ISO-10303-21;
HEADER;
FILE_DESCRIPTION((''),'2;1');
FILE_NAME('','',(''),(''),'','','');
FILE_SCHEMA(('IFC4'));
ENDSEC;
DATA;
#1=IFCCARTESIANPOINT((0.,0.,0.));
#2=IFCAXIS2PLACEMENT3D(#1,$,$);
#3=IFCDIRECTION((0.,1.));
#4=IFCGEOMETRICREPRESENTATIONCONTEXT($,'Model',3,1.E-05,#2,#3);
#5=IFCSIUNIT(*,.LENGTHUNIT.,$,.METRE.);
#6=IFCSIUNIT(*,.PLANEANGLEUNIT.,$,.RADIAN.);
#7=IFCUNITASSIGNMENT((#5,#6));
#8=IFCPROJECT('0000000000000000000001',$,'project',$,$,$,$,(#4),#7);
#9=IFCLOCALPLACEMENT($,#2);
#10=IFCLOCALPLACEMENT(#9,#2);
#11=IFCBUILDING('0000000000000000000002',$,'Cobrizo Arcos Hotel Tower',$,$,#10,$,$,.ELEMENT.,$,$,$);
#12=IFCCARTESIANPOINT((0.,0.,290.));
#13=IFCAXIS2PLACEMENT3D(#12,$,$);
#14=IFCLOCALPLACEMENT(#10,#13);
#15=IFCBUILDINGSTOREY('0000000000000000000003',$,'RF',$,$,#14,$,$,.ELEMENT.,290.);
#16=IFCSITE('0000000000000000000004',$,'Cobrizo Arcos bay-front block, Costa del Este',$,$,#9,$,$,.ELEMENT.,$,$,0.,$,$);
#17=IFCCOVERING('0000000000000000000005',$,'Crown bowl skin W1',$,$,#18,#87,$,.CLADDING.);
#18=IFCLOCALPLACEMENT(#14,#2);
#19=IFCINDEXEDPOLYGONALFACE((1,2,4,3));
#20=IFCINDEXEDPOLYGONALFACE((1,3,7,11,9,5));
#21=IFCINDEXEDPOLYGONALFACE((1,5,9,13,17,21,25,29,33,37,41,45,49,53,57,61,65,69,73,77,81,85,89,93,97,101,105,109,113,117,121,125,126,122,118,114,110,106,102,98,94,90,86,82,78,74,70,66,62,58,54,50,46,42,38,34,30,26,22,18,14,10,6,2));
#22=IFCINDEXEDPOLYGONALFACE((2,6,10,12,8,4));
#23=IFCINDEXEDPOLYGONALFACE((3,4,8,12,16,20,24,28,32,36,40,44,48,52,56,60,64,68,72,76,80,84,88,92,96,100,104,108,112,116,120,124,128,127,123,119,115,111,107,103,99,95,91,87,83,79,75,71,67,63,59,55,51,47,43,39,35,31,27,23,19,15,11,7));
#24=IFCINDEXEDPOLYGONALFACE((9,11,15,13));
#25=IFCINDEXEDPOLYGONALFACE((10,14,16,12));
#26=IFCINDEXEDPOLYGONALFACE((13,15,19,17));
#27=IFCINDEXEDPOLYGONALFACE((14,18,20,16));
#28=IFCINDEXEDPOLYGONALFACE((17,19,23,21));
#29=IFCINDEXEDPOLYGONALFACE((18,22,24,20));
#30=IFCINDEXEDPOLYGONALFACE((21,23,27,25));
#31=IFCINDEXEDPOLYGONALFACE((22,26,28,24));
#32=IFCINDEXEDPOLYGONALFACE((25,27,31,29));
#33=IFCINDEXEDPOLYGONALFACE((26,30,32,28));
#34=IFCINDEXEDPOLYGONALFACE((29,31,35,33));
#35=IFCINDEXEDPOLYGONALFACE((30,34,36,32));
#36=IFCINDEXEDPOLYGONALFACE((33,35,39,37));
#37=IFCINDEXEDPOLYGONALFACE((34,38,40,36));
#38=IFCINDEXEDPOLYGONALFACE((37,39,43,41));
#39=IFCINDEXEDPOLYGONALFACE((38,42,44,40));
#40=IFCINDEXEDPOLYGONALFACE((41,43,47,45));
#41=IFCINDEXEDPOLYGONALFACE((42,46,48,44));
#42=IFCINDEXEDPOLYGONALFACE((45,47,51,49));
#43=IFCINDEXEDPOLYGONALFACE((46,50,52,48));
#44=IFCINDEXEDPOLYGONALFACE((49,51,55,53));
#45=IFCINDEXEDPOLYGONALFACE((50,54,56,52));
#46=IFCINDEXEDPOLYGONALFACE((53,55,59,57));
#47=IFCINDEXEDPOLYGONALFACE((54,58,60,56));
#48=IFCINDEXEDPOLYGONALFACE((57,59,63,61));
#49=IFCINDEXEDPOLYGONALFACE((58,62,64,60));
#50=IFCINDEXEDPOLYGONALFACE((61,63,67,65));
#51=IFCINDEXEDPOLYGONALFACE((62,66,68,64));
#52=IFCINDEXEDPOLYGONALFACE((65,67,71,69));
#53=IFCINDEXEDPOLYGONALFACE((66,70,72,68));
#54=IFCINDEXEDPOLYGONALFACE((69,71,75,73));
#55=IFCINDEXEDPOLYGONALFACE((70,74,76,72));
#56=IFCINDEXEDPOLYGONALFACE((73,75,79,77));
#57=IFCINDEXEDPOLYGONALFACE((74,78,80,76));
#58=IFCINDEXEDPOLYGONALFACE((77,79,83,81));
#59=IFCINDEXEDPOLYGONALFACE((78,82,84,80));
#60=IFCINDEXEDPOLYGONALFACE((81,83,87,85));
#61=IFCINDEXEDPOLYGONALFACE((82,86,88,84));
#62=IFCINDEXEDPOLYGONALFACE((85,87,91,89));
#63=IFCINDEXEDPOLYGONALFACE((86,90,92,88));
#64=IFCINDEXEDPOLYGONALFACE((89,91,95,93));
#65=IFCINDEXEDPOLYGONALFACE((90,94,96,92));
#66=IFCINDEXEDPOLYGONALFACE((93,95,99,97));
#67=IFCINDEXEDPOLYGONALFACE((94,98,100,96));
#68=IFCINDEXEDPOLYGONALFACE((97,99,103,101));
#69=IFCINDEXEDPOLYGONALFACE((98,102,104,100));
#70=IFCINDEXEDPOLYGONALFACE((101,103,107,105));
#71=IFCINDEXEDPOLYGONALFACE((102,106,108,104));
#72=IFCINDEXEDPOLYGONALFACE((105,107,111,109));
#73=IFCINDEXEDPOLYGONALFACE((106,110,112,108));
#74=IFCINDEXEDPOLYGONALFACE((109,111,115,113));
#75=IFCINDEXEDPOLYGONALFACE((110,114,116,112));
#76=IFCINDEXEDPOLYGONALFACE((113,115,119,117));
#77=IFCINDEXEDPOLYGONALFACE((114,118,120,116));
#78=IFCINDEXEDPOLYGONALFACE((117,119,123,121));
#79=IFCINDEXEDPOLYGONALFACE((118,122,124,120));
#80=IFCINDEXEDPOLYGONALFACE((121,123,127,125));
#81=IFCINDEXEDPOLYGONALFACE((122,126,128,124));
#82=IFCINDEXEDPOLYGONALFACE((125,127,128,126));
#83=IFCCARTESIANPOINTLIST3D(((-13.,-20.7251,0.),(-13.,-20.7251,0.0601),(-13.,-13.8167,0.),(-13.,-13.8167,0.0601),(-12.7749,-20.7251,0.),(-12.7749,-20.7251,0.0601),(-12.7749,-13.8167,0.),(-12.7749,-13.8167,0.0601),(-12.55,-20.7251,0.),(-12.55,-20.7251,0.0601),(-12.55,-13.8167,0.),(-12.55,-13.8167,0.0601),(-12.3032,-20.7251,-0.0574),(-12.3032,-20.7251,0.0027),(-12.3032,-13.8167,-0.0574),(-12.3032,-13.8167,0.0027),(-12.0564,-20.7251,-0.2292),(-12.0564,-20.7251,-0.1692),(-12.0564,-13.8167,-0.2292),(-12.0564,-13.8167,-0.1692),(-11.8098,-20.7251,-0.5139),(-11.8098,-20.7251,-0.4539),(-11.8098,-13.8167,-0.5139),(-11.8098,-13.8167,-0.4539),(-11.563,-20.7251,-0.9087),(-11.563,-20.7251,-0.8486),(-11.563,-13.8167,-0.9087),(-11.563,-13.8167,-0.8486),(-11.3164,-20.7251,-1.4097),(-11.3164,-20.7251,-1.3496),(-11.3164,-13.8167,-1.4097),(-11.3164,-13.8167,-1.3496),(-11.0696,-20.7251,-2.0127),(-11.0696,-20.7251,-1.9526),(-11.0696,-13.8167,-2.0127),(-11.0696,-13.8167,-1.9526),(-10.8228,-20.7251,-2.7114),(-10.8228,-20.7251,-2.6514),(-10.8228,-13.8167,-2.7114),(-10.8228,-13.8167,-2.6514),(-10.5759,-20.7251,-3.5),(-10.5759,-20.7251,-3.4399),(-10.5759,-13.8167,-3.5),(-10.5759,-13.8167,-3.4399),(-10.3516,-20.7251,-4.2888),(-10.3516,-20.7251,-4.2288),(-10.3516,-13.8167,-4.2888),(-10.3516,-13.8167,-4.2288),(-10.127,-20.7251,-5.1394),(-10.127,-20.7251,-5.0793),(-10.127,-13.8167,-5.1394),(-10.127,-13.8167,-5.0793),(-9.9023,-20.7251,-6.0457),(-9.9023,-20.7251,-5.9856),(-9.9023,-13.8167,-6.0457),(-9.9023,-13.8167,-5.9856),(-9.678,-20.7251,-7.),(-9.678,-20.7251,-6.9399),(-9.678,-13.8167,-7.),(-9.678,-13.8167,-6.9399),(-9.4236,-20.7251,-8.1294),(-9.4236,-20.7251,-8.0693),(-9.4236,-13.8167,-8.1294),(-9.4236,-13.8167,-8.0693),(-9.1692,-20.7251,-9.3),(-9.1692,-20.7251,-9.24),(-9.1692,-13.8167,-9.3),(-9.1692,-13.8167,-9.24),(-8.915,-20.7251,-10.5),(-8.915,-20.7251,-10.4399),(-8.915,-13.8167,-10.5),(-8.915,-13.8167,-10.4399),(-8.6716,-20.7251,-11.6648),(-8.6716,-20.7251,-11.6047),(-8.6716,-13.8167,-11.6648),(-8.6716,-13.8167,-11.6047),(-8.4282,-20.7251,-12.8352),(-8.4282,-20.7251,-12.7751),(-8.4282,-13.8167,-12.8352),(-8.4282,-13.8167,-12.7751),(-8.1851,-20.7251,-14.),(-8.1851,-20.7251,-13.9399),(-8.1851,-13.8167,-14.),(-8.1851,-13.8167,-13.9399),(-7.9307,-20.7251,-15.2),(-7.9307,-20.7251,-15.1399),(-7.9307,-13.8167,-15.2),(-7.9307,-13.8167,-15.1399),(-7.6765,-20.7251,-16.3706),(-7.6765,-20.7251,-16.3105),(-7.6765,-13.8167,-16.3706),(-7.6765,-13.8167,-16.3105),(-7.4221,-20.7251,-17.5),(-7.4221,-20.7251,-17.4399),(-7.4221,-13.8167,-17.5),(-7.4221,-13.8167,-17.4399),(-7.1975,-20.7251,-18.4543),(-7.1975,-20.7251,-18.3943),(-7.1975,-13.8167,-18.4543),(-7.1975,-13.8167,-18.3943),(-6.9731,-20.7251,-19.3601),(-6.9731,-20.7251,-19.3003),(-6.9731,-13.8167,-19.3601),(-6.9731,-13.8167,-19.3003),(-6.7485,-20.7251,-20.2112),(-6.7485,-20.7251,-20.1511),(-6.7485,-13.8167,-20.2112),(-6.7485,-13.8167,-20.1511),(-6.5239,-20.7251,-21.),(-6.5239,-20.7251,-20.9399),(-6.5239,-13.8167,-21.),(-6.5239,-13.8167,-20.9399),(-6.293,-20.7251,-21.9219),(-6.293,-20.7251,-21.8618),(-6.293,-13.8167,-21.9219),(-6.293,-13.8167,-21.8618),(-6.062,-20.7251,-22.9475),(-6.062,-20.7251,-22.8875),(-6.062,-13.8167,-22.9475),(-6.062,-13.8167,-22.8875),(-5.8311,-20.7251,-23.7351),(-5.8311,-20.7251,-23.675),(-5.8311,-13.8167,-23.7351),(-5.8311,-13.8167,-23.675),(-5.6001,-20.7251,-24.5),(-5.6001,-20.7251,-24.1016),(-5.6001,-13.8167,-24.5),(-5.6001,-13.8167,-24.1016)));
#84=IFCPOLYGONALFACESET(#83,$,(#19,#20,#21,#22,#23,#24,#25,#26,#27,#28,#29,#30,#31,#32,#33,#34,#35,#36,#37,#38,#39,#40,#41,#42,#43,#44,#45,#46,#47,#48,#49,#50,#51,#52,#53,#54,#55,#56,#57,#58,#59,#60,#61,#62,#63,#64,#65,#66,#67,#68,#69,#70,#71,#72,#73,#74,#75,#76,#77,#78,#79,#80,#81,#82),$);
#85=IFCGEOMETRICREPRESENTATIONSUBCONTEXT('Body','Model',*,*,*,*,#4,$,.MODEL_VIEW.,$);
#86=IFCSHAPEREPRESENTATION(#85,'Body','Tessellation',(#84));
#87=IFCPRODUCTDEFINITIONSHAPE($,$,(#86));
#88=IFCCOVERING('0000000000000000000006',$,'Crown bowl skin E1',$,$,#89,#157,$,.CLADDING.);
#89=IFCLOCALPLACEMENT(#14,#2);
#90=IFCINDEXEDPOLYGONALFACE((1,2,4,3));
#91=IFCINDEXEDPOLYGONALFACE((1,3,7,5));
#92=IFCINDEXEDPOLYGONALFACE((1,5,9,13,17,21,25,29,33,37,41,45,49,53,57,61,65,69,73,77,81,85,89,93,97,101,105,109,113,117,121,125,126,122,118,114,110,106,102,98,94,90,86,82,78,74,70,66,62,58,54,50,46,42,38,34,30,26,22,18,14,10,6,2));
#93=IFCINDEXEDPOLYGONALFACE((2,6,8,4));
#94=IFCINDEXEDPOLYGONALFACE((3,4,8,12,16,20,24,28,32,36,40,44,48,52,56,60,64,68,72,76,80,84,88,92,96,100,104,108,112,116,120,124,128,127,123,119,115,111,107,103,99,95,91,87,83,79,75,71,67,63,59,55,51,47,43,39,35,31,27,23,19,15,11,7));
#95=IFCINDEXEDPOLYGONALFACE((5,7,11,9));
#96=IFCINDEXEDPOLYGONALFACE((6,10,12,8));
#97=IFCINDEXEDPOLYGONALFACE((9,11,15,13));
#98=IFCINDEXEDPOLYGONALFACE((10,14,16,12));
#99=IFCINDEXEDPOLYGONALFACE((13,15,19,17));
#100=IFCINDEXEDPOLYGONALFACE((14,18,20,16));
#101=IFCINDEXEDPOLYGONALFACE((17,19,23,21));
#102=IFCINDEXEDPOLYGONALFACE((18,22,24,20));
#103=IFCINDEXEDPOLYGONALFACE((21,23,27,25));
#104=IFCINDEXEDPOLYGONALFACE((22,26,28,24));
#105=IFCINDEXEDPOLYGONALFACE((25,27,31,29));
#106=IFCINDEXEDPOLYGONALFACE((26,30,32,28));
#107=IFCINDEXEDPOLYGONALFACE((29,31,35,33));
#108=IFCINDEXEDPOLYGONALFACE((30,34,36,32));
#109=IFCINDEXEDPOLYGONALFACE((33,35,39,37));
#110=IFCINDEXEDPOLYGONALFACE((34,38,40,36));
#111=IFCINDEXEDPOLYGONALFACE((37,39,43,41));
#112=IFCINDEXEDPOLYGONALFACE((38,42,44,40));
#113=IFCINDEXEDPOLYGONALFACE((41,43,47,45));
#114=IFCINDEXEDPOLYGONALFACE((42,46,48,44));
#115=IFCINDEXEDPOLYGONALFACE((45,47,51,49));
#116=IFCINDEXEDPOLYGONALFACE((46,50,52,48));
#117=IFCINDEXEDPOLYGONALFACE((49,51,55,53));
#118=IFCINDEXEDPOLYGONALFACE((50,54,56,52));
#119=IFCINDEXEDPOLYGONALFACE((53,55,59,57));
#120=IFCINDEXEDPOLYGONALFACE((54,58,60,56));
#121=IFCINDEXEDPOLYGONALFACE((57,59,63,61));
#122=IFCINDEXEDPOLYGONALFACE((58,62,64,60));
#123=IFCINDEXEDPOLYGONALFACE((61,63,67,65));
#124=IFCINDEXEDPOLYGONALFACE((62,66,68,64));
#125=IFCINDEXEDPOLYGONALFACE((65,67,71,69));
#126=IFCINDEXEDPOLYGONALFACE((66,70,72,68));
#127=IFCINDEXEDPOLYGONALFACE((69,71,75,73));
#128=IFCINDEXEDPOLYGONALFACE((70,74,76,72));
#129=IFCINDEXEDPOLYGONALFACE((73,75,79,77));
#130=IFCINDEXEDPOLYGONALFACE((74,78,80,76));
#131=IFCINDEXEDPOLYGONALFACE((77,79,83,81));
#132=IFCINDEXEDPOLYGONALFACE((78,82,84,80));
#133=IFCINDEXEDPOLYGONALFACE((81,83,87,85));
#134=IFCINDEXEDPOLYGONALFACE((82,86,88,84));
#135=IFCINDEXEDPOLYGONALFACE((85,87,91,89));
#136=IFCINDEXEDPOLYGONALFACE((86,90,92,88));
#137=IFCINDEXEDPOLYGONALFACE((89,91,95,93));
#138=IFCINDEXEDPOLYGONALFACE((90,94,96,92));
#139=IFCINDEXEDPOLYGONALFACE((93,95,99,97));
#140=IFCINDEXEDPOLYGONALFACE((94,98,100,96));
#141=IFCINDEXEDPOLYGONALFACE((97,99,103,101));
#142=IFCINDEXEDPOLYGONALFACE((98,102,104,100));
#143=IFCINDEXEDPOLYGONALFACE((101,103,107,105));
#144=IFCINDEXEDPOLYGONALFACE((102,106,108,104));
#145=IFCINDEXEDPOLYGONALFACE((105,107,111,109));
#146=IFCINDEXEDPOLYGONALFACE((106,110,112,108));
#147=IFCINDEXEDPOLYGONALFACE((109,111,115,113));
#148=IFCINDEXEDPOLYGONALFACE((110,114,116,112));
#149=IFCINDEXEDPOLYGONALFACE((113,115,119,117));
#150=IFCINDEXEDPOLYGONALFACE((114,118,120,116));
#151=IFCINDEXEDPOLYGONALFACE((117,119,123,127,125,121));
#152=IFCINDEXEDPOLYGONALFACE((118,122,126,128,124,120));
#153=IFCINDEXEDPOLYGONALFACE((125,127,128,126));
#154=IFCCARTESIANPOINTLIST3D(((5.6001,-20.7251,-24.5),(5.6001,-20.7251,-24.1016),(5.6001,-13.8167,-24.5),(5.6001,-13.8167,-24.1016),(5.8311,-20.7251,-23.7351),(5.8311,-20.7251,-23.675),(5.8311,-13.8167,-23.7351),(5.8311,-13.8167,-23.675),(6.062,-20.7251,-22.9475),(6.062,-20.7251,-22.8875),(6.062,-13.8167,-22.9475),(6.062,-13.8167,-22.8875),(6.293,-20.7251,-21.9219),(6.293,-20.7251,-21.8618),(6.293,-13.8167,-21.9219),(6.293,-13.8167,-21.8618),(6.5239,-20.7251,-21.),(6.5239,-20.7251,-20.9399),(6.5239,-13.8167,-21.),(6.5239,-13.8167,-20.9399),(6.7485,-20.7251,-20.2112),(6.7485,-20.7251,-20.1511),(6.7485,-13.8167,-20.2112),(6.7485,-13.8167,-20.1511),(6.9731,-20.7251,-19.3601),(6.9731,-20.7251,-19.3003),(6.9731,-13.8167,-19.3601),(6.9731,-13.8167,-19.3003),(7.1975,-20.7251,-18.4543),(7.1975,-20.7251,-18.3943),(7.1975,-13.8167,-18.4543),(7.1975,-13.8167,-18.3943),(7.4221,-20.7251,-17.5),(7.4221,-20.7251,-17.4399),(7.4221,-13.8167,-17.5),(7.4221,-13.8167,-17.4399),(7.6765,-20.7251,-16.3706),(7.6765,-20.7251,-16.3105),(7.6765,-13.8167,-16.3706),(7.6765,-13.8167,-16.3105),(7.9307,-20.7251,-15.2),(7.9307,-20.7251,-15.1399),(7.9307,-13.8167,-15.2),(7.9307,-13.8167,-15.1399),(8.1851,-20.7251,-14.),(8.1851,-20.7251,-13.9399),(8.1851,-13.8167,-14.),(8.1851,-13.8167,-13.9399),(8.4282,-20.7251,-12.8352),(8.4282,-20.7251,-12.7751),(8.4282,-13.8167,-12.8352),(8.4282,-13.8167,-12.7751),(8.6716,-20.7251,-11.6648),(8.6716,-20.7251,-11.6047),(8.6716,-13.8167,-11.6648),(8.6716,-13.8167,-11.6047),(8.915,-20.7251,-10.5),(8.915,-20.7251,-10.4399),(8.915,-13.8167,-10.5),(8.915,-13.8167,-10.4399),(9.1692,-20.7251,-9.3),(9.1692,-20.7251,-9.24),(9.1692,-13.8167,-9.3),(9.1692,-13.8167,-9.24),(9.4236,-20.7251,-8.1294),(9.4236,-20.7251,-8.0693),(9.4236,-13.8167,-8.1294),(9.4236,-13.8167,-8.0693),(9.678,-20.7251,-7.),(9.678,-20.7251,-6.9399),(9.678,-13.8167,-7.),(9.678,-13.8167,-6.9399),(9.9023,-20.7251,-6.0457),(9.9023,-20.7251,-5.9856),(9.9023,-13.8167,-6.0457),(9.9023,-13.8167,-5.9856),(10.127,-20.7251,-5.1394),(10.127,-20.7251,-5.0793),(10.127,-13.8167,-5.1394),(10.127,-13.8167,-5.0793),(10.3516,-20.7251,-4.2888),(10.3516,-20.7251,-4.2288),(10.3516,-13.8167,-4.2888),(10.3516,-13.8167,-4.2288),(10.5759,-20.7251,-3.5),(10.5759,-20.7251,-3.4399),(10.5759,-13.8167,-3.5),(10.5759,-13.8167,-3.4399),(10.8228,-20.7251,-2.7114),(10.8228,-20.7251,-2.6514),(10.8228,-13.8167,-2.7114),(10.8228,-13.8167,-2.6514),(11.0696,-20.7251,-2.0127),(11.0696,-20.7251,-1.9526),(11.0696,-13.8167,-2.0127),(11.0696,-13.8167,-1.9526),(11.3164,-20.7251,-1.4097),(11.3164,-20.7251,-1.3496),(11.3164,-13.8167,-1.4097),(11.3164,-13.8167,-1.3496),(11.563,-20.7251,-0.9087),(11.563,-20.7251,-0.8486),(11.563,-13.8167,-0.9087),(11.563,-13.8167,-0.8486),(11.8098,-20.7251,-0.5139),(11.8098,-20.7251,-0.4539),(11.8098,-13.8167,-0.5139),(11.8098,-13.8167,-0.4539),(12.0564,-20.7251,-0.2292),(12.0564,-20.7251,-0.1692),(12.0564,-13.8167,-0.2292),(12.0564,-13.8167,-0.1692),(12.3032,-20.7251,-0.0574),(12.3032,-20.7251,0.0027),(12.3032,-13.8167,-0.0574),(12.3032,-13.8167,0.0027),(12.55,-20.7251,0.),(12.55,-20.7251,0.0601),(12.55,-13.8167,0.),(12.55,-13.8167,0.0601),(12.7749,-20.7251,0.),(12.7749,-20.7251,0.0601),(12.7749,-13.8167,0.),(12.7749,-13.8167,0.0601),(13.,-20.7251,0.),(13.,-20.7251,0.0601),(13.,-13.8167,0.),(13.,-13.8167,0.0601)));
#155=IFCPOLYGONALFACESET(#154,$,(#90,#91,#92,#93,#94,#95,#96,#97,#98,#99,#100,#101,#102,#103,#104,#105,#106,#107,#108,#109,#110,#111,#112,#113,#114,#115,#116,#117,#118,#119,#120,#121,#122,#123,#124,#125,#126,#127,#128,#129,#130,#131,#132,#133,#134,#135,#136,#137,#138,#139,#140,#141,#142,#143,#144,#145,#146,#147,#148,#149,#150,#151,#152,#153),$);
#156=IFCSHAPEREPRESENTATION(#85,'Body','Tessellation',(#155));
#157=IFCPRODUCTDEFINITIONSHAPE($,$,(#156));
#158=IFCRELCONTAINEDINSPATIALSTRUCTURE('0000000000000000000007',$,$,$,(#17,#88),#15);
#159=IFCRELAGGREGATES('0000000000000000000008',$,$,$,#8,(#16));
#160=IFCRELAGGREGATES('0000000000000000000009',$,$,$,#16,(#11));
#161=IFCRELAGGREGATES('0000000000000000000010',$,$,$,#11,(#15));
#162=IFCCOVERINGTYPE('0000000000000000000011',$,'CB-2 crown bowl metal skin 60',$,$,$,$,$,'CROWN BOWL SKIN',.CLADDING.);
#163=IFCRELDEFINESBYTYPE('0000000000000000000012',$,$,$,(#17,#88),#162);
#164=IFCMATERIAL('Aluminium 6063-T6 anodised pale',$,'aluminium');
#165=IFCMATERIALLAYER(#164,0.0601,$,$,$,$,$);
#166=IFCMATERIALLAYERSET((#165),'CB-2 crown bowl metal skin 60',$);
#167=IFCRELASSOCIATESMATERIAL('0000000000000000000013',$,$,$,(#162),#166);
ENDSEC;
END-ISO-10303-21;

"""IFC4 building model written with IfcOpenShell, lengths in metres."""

from ifc_helpers import new_model, si_unit, direction, frame, origin, place, context, subcontext, project, spatial, polyline, outline, extrude, material, layer, layer_set, type_object, element, save


model = new_model("IFC4")

# Units and contexts
model_context = context("Model", 3, precision=1e-05, world=origin(), true_north=direction((0.0, 1.0)))
body_context = subcontext(model_context, "Body", "Model", "MODEL_VIEW")
ifc_project = project(units=[si_unit("LENGTHUNIT", "METRE"), si_unit("PLANEANGLEUNIT", "RADIAN")], contexts=[model_context])

# Site, building, storey
site_placement = place(None, origin())
site = spatial("IfcSite", under=ifc_project, at=site_placement, Name="Cobrizo Arcos bay-front block, Costa del Este", CompositionType="ELEMENT", RefElevation=0.0)
building_placement = place(site_placement, origin())
building = spatial("IfcBuilding", under=site, at=building_placement, Name="Cobrizo Arcos Hotel Tower", CompositionType="ELEMENT")
storey_placement = place(building_placement, frame((0.0, 0.0, 290.0)))
storey = spatial("IfcBuildingStorey", under=building, at=storey_placement, Name="RF", CompositionType="ELEMENT", Elevation=290.0)

# Coverings
ifc_material_1 = material(Name="Aluminium 6063-T6 anodised pale", Category="aluminium")
ifc_layer_1 = layer(ifc_material_1, 0.0601)
ifc_layer_set_1 = layer_set([ifc_layer_1], Name="CB-2 crown bowl metal skin 60")
covering_type_1 = type_object("IfcCoveringType", Name="CB-2 crown bowl metal skin 60", ElementType="CROWN BOWL SKIN", PredefinedType="CLADDING", material=ifc_layer_set_1)
covering_1_placement = place(storey_placement, frame((0.0, -20.7251, -24.5), z_axis=(0.0, 1.0, 0.0), x_axis=(-1.0, 0.0, 0.0)))
element("IfcCovering", 1, at=covering_1_placement, inside=storey, type_object=covering_type_1, Name="Crown bowl skin W1", PredefinedType="CLADDING", context=body_context, shape_type="SweptSolid", body=[
    extrude(outline(polyline([(5.8311, 0.7649), (6.062, 1.5525), (6.293, 2.5781), (6.5239, 3.5), (6.7485, 4.2888), (6.9731, 5.1399), (7.1975, 6.0457), (7.4221, 7.0), (7.6765, 8.1294), (7.9307, 9.3), (8.1851, 10.5), (8.4282, 11.6648), (8.6716, 12.8352), (8.915, 14.0), (9.1692, 15.2), (9.4236, 16.3706), (9.678, 17.5), (9.9023, 18.4543), (10.127, 19.3606), (10.3516, 20.2112), (10.5759, 21.0), (10.8228, 21.7886), (11.0696, 22.4873), (11.3164, 23.0903), (11.563, 23.5913), (11.8098, 23.9861), (12.0564, 24.2708), (12.3032, 24.4426), (12.55, 24.5), (12.7749, 24.5), (13.0, 24.5), (13.0, 24.5601), (12.7749, 24.5601), (12.55, 24.5601), (12.3032, 24.5027), (12.0564, 24.3308), (11.8098, 24.0461), (11.563, 23.6514), (11.3164, 23.1504), (11.0696, 22.5474), (10.8228, 21.8486), (10.5759, 21.0601), (10.3516, 20.2712), (10.127, 19.4207), (9.9023, 18.5144), (9.678, 17.5601), (9.4236, 16.4307), (9.1692, 15.26), (8.915, 14.0601), (8.6716, 12.8953), (8.4282, 11.7249), (8.1851, 10.5601), (7.9307, 9.3601), (7.6765, 8.1895), (7.4221, 7.0601), (7.1975, 6.1057), (6.9731, 5.1997), (6.7485, 4.3489), (6.5239, 3.5601), (6.293, 2.6382), (6.062, 1.6125), (5.8311, 0.825), (5.6001, 0.3984), (5.6001, 0.0), (5.8311, 0.7649)])), origin(), (0.0, 0.0, 1.0), 6.9084),
])
covering_2_placement = place(storey_placement, frame((0.0, -20.7251, -24.5), z_axis=(0.0, 1.0, 0.0), x_axis=(-1.0, 0.0, 0.0)))
element("IfcCovering", 2, at=covering_2_placement, inside=storey, type_object=covering_type_1, Name="Crown bowl skin E1", PredefinedType="CLADDING", context=body_context, shape_type="SweptSolid", body=[
    extrude(outline(polyline([(-5.6001, 0.0), (-5.6001, 0.3984), (-5.8311, 0.825), (-6.062, 1.6125), (-6.293, 2.6382), (-6.5239, 3.5601), (-6.7485, 4.3489), (-6.9731, 5.1997), (-7.1975, 6.1057), (-7.4221, 7.0601), (-7.6765, 8.1895), (-7.9307, 9.3601), (-8.1851, 10.5601), (-8.4282, 11.7249), (-8.6716, 12.8953), (-8.915, 14.0601), (-9.1692, 15.26), (-9.4236, 16.4307), (-9.678, 17.5601), (-9.9023, 18.5144), (-10.127, 19.4207), (-10.3516, 20.2712), (-10.5759, 21.0601), (-10.8228, 21.8486), (-11.0696, 22.5474), (-11.3164, 23.1504), (-11.563, 23.6514), (-11.8098, 24.0461), (-12.0564, 24.3308), (-12.3032, 24.5027), (-12.55, 24.5601), (-12.7749, 24.5601), (-13.0, 24.5601), (-13.0, 24.5), (-12.7749, 24.5), (-12.55, 24.5), (-12.3032, 24.4426), (-12.0564, 24.2708), (-11.8098, 23.9861), (-11.563, 23.5913), (-11.3164, 23.0903), (-11.0696, 22.4873), (-10.8228, 21.7886), (-10.5759, 21.0), (-10.3516, 20.2112), (-10.127, 19.3606), (-9.9023, 18.4543), (-9.678, 17.5), (-9.4236, 16.3706), (-9.1692, 15.2), (-8.915, 14.0), (-8.6716, 12.8352), (-8.4282, 11.6648), (-8.1851, 10.5), (-7.9307, 9.3), (-7.6765, 8.1294), (-7.4221, 7.0), (-7.1975, 6.0457), (-6.9731, 5.1399), (-6.7485, 4.2888), (-6.5239, 3.5), (-6.293, 2.5781), (-6.062, 1.5525), (-5.8311, 0.7649), (-5.6001, 0.0)])), origin(), (0.0, 0.0, 1.0), 6.9084),
])

save(model, "model.ifc")
